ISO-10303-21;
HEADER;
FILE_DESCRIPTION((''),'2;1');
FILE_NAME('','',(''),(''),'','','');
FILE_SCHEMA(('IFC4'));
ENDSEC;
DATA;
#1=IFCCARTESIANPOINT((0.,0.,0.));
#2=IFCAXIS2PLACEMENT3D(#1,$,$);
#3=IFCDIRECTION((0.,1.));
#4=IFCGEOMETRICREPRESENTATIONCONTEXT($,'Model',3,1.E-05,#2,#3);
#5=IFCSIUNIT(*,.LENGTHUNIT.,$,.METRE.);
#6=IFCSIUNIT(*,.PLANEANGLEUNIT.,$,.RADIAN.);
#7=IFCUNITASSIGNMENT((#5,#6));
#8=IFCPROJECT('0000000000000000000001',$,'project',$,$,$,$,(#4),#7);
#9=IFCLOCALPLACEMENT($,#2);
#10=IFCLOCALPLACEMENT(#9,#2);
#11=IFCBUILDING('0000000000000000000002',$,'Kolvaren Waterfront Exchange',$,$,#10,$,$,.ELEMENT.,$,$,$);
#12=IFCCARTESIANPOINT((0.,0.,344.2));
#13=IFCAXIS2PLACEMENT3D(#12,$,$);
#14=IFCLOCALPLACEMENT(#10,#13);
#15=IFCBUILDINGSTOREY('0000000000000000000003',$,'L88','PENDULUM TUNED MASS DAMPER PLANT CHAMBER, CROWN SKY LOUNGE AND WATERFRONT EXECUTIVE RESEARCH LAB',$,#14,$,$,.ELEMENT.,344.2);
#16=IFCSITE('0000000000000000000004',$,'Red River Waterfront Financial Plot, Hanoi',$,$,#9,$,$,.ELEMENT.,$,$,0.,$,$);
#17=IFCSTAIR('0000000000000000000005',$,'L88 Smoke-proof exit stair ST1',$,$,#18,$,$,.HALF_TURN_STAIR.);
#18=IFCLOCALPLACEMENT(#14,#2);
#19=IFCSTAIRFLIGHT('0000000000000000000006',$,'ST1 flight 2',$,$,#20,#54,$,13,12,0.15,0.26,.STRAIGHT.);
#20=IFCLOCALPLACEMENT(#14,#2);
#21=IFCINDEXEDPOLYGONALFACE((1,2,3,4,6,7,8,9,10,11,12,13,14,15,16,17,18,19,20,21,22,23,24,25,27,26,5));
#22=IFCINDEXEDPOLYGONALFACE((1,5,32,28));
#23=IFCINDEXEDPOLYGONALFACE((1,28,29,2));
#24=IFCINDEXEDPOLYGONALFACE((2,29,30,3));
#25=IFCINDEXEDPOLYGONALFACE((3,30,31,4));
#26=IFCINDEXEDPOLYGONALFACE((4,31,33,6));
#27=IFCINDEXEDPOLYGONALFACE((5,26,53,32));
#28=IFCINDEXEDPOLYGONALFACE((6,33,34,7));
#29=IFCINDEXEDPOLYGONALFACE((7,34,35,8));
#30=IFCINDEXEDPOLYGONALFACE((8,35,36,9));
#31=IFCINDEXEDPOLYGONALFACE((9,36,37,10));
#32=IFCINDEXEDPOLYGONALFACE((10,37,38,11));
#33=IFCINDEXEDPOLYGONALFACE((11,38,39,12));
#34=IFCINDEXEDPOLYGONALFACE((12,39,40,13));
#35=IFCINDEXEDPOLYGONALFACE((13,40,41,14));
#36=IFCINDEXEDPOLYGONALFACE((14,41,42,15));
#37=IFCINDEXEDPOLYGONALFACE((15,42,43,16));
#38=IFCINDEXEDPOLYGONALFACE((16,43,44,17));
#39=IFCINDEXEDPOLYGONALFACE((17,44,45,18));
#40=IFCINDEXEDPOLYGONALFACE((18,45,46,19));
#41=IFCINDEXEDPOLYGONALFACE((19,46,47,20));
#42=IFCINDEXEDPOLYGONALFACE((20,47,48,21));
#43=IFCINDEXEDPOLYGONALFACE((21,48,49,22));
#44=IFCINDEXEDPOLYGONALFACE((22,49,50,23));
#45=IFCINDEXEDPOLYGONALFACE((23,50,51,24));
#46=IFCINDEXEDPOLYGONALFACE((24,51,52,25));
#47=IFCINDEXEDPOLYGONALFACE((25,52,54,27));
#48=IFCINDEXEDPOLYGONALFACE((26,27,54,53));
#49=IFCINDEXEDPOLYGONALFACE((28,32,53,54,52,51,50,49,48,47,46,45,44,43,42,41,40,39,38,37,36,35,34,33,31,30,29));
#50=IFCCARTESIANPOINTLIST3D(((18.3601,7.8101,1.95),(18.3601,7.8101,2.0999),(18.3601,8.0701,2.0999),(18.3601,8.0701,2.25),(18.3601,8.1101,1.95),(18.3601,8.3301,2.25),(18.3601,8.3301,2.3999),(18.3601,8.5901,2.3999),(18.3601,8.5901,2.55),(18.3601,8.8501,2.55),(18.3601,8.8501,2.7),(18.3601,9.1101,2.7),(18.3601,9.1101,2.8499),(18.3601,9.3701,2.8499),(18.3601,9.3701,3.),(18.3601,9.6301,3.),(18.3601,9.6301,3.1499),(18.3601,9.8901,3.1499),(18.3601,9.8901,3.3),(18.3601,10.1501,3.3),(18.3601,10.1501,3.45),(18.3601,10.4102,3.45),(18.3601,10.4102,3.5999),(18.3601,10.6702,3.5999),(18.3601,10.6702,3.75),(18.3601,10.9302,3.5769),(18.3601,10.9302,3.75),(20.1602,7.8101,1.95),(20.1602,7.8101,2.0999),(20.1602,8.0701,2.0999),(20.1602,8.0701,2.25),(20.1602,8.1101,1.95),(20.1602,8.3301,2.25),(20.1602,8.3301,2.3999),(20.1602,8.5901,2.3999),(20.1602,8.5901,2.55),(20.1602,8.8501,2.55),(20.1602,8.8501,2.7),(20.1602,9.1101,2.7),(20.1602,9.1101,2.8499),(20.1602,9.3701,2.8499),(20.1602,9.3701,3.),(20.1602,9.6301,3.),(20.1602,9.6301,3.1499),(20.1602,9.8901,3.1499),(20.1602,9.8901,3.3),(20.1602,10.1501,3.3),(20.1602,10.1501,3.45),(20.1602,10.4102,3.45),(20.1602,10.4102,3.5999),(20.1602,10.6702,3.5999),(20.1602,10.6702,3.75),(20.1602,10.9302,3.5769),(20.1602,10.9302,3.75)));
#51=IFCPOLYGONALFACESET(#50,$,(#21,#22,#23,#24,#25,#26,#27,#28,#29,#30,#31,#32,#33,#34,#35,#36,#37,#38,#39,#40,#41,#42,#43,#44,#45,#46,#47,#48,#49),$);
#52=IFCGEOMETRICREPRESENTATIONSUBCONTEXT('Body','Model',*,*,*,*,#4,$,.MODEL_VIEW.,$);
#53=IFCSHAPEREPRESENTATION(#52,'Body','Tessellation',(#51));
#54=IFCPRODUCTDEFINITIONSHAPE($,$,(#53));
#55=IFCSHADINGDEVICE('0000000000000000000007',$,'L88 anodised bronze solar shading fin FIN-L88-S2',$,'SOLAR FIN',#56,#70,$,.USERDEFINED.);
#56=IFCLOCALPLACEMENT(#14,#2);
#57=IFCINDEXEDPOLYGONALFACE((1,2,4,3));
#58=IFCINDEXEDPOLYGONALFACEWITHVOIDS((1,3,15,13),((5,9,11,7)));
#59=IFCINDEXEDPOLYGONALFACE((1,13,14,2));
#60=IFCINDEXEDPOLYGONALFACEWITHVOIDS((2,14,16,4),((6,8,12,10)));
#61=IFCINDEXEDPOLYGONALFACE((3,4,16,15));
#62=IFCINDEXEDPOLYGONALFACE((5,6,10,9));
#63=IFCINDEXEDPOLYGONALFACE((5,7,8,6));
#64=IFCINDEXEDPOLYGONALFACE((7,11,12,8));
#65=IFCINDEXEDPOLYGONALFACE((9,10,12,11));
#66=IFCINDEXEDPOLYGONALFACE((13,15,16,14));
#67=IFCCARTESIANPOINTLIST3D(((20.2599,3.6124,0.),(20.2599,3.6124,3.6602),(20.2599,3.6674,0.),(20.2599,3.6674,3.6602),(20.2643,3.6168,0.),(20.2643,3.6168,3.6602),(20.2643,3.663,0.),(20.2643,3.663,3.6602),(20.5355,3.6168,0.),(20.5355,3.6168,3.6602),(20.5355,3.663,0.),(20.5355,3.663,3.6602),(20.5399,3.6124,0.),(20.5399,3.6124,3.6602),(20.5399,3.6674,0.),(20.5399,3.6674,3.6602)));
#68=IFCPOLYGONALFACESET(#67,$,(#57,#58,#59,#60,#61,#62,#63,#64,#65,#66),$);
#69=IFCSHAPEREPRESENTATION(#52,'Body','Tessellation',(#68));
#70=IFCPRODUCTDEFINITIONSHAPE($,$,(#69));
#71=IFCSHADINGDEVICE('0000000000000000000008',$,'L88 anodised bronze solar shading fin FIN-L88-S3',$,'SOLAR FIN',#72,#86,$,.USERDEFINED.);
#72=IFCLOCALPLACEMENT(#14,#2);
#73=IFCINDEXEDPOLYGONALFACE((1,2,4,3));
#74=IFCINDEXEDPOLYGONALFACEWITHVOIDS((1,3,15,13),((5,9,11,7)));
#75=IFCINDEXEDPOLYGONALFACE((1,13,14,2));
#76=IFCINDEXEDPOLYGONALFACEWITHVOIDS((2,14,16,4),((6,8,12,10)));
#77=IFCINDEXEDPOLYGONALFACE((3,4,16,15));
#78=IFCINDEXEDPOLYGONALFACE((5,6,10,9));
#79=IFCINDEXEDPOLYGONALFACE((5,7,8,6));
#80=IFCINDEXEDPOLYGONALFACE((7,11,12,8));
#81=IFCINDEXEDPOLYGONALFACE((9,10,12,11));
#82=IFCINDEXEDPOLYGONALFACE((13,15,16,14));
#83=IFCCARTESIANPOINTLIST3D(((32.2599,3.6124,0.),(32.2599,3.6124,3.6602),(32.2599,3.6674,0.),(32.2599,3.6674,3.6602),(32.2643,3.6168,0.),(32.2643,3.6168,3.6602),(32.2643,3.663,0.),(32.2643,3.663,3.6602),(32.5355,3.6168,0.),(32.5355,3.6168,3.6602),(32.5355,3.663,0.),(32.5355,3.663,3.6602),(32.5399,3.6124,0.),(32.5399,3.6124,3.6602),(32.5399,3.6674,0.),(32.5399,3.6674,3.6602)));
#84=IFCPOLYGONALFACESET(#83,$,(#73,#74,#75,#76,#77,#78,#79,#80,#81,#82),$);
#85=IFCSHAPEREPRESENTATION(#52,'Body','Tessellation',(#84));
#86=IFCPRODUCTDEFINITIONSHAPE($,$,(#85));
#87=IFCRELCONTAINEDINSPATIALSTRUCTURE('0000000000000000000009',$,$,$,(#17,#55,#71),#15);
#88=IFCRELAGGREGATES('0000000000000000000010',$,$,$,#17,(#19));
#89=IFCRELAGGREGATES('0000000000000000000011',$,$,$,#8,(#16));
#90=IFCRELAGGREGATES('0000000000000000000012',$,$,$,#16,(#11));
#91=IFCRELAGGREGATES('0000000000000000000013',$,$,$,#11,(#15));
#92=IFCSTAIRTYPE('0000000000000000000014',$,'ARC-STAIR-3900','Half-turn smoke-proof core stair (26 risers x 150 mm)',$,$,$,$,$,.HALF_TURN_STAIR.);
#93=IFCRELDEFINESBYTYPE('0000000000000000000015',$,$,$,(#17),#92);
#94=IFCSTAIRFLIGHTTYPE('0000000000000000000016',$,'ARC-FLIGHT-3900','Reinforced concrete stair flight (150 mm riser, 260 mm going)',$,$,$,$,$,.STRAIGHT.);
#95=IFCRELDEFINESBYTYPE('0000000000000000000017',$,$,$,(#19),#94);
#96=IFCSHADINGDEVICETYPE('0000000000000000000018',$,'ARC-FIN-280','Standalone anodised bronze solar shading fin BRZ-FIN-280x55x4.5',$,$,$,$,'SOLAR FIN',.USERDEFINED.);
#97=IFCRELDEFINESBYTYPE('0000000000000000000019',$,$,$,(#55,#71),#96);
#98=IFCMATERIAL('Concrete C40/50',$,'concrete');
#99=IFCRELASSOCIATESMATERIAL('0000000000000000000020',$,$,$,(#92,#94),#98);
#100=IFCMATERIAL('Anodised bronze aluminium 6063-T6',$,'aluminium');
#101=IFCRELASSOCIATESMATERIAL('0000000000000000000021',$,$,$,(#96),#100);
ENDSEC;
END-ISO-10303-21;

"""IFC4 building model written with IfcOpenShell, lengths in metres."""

from ifc_helpers import new_model, si_unit, direction, frame, origin, origin_2d, place, context, subcontext, project, spatial, polyline, hollow_rectangle, outline, extrude, material, material_profile, profile_set, type_object, element, aggregate, save


model = new_model("IFC4")

# Units and contexts
model_context = context("Model", 3, precision=1e-05, world=origin(), true_north=direction((0.0, 1.0)))
body_context = subcontext(model_context, "Body", "Model", "MODEL_VIEW")
ifc_project = project(units=[si_unit("LENGTHUNIT", "METRE"), si_unit("PLANEANGLEUNIT", "RADIAN")], contexts=[model_context])

# Site, building, storey
site_placement = place(None, origin())
site = spatial("IfcSite", under=ifc_project, at=site_placement, Name="Red River Waterfront Financial Plot, Hanoi", CompositionType="ELEMENT", RefElevation=0.0)
building_placement = place(site_placement, origin())
building = spatial("IfcBuilding", under=site, at=building_placement, Name="Kolvaren Waterfront Exchange", CompositionType="ELEMENT")
storey_placement = place(building_placement, frame((0.0, 0.0, 344.2)))
storey = spatial("IfcBuildingStorey", under=building, at=storey_placement, Name="L88", Description="PENDULUM TUNED MASS DAMPER PLANT CHAMBER, CROWN SKY LOUNGE AND WATERFRONT EXECUTIVE RESEARCH LAB", CompositionType="ELEMENT", Elevation=344.2)

# Shared definitions
ifc_material_1 = material(Name="Anodised bronze aluminium 6063-T6", Category="aluminium")

# Shared definitions
ifc_material_2 = material(Name="Concrete C40/50", Category="concrete")

# Stair, stair flight
stair_type = type_object("IfcStairType", Name="ARC-STAIR-3900", Description="Half-turn smoke-proof core stair (26 risers x 150 mm)", PredefinedType="HALF_TURN_STAIR", material=ifc_material_2)
stair_placement = place(storey_placement, origin())
stair = element("IfcStair", 1, at=stair_placement, inside=storey, type_object=stair_type, Name="L88 Smoke-proof exit stair ST1", PredefinedType="HALF_TURN_STAIR")
stair_flight_type = type_object("IfcStairFlightType", Name="ARC-FLIGHT-3900", Description="Reinforced concrete stair flight (150 mm riser, 260 mm going)", PredefinedType="STRAIGHT", material=ifc_material_2)
stair_flight_placement = place(storey_placement, frame((19.26, 7.8101, 1.95), z_axis=(0.0, 0.0, 1.0), x_axis=(0.0, 1.0, 0.0)))
stair_flight = element("IfcStairFlight", 2, at=stair_flight_placement, type_object=stair_flight_type, Name="ST1 flight 2", NumberOfRisers=13, NumberOfTreads=12, PredefinedType="STRAIGHT", RiserHeight=0.15, TreadLength=0.26, context=body_context, shape_type="SweptSolid", body=[
    extrude(outline(polyline([(0.0, 0.0), (0.0, 0.1499), (0.26, 0.1499), (0.26, 0.3), (0.52, 0.3), (0.52, 0.45), (0.78, 0.45), (0.78, 0.6001), (1.04, 0.6001), (1.04, 0.75), (1.3, 0.75), (1.3, 0.8999), (1.5601, 0.8999), (1.5601, 1.05), (1.8201, 1.05), (1.8201, 1.2), (2.0801, 1.2), (2.0801, 1.3501), (2.3401, 1.3501), (2.3401, 1.5), (2.6001, 1.5), (2.6001, 1.6499), (2.8601, 1.6499), (2.8601, 1.8), (3.1201, 1.8), (3.1201, 1.95), (3.1201, 1.627), (0.3, 0.0), (0.0, 0.0)])), frame((0.0, 0.8999, 0.0), z_axis=(0.0, -1.0, 0.0), x_axis=(1.0, 0.0, 0.0)), (0.0, 0.0, 1.0), 1.8),
])
aggregate(stair, [stair_flight])

# Shading devices
ifc_material_profile_1 = material_profile(ifc_material_1, hollow_rectangle(XDim=0.0549, YDim=0.28, WallThickness=0.0044, at=origin_2d()), Name="BRZ-FIN-280x55x4.5")
ifc_profile_set_1 = profile_set([ifc_material_profile_1], Name="Anodised bronze aluminium 6063-T6")
shading_device_type = type_object("IfcShadingDeviceType", Name="ARC-FIN-280", Description="Standalone anodised bronze solar shading fin BRZ-FIN-280x55x4.5", ElementType="SOLAR FIN", PredefinedType="USERDEFINED", material=ifc_profile_set_1)
for number, where, z_axis, x_axis, name in (
    (3, (20.3999, 3.6399, 0.0), (0.0, 0.0, 1.0), (0.0, -1.0, 0.0), "L88 anodised bronze solar shading fin FIN-L88-S2"),
    (4, (32.3999, 3.6399, 0.0), (0.0, 0.0, 1.0), (0.0, -1.0, 0.0), "L88 anodised bronze solar shading fin FIN-L88-S3"),
):
    element("IfcShadingDevice", number, at=place(storey_placement, frame(where, z_axis=z_axis, x_axis=x_axis)), inside=storey, type_object=shading_device_type, Name=name, ObjectType="SOLAR FIN", PredefinedType="USERDEFINED", context=body_context, shape_type="SweptSolid", body=[
        extrude(hollow_rectangle(XDim=0.0549, YDim=0.28, WallThickness=0.0044, at=origin_2d()), origin(), (0.0, 0.0, 1.0), 3.6602),
    ])

save(model, "model.ifc")
